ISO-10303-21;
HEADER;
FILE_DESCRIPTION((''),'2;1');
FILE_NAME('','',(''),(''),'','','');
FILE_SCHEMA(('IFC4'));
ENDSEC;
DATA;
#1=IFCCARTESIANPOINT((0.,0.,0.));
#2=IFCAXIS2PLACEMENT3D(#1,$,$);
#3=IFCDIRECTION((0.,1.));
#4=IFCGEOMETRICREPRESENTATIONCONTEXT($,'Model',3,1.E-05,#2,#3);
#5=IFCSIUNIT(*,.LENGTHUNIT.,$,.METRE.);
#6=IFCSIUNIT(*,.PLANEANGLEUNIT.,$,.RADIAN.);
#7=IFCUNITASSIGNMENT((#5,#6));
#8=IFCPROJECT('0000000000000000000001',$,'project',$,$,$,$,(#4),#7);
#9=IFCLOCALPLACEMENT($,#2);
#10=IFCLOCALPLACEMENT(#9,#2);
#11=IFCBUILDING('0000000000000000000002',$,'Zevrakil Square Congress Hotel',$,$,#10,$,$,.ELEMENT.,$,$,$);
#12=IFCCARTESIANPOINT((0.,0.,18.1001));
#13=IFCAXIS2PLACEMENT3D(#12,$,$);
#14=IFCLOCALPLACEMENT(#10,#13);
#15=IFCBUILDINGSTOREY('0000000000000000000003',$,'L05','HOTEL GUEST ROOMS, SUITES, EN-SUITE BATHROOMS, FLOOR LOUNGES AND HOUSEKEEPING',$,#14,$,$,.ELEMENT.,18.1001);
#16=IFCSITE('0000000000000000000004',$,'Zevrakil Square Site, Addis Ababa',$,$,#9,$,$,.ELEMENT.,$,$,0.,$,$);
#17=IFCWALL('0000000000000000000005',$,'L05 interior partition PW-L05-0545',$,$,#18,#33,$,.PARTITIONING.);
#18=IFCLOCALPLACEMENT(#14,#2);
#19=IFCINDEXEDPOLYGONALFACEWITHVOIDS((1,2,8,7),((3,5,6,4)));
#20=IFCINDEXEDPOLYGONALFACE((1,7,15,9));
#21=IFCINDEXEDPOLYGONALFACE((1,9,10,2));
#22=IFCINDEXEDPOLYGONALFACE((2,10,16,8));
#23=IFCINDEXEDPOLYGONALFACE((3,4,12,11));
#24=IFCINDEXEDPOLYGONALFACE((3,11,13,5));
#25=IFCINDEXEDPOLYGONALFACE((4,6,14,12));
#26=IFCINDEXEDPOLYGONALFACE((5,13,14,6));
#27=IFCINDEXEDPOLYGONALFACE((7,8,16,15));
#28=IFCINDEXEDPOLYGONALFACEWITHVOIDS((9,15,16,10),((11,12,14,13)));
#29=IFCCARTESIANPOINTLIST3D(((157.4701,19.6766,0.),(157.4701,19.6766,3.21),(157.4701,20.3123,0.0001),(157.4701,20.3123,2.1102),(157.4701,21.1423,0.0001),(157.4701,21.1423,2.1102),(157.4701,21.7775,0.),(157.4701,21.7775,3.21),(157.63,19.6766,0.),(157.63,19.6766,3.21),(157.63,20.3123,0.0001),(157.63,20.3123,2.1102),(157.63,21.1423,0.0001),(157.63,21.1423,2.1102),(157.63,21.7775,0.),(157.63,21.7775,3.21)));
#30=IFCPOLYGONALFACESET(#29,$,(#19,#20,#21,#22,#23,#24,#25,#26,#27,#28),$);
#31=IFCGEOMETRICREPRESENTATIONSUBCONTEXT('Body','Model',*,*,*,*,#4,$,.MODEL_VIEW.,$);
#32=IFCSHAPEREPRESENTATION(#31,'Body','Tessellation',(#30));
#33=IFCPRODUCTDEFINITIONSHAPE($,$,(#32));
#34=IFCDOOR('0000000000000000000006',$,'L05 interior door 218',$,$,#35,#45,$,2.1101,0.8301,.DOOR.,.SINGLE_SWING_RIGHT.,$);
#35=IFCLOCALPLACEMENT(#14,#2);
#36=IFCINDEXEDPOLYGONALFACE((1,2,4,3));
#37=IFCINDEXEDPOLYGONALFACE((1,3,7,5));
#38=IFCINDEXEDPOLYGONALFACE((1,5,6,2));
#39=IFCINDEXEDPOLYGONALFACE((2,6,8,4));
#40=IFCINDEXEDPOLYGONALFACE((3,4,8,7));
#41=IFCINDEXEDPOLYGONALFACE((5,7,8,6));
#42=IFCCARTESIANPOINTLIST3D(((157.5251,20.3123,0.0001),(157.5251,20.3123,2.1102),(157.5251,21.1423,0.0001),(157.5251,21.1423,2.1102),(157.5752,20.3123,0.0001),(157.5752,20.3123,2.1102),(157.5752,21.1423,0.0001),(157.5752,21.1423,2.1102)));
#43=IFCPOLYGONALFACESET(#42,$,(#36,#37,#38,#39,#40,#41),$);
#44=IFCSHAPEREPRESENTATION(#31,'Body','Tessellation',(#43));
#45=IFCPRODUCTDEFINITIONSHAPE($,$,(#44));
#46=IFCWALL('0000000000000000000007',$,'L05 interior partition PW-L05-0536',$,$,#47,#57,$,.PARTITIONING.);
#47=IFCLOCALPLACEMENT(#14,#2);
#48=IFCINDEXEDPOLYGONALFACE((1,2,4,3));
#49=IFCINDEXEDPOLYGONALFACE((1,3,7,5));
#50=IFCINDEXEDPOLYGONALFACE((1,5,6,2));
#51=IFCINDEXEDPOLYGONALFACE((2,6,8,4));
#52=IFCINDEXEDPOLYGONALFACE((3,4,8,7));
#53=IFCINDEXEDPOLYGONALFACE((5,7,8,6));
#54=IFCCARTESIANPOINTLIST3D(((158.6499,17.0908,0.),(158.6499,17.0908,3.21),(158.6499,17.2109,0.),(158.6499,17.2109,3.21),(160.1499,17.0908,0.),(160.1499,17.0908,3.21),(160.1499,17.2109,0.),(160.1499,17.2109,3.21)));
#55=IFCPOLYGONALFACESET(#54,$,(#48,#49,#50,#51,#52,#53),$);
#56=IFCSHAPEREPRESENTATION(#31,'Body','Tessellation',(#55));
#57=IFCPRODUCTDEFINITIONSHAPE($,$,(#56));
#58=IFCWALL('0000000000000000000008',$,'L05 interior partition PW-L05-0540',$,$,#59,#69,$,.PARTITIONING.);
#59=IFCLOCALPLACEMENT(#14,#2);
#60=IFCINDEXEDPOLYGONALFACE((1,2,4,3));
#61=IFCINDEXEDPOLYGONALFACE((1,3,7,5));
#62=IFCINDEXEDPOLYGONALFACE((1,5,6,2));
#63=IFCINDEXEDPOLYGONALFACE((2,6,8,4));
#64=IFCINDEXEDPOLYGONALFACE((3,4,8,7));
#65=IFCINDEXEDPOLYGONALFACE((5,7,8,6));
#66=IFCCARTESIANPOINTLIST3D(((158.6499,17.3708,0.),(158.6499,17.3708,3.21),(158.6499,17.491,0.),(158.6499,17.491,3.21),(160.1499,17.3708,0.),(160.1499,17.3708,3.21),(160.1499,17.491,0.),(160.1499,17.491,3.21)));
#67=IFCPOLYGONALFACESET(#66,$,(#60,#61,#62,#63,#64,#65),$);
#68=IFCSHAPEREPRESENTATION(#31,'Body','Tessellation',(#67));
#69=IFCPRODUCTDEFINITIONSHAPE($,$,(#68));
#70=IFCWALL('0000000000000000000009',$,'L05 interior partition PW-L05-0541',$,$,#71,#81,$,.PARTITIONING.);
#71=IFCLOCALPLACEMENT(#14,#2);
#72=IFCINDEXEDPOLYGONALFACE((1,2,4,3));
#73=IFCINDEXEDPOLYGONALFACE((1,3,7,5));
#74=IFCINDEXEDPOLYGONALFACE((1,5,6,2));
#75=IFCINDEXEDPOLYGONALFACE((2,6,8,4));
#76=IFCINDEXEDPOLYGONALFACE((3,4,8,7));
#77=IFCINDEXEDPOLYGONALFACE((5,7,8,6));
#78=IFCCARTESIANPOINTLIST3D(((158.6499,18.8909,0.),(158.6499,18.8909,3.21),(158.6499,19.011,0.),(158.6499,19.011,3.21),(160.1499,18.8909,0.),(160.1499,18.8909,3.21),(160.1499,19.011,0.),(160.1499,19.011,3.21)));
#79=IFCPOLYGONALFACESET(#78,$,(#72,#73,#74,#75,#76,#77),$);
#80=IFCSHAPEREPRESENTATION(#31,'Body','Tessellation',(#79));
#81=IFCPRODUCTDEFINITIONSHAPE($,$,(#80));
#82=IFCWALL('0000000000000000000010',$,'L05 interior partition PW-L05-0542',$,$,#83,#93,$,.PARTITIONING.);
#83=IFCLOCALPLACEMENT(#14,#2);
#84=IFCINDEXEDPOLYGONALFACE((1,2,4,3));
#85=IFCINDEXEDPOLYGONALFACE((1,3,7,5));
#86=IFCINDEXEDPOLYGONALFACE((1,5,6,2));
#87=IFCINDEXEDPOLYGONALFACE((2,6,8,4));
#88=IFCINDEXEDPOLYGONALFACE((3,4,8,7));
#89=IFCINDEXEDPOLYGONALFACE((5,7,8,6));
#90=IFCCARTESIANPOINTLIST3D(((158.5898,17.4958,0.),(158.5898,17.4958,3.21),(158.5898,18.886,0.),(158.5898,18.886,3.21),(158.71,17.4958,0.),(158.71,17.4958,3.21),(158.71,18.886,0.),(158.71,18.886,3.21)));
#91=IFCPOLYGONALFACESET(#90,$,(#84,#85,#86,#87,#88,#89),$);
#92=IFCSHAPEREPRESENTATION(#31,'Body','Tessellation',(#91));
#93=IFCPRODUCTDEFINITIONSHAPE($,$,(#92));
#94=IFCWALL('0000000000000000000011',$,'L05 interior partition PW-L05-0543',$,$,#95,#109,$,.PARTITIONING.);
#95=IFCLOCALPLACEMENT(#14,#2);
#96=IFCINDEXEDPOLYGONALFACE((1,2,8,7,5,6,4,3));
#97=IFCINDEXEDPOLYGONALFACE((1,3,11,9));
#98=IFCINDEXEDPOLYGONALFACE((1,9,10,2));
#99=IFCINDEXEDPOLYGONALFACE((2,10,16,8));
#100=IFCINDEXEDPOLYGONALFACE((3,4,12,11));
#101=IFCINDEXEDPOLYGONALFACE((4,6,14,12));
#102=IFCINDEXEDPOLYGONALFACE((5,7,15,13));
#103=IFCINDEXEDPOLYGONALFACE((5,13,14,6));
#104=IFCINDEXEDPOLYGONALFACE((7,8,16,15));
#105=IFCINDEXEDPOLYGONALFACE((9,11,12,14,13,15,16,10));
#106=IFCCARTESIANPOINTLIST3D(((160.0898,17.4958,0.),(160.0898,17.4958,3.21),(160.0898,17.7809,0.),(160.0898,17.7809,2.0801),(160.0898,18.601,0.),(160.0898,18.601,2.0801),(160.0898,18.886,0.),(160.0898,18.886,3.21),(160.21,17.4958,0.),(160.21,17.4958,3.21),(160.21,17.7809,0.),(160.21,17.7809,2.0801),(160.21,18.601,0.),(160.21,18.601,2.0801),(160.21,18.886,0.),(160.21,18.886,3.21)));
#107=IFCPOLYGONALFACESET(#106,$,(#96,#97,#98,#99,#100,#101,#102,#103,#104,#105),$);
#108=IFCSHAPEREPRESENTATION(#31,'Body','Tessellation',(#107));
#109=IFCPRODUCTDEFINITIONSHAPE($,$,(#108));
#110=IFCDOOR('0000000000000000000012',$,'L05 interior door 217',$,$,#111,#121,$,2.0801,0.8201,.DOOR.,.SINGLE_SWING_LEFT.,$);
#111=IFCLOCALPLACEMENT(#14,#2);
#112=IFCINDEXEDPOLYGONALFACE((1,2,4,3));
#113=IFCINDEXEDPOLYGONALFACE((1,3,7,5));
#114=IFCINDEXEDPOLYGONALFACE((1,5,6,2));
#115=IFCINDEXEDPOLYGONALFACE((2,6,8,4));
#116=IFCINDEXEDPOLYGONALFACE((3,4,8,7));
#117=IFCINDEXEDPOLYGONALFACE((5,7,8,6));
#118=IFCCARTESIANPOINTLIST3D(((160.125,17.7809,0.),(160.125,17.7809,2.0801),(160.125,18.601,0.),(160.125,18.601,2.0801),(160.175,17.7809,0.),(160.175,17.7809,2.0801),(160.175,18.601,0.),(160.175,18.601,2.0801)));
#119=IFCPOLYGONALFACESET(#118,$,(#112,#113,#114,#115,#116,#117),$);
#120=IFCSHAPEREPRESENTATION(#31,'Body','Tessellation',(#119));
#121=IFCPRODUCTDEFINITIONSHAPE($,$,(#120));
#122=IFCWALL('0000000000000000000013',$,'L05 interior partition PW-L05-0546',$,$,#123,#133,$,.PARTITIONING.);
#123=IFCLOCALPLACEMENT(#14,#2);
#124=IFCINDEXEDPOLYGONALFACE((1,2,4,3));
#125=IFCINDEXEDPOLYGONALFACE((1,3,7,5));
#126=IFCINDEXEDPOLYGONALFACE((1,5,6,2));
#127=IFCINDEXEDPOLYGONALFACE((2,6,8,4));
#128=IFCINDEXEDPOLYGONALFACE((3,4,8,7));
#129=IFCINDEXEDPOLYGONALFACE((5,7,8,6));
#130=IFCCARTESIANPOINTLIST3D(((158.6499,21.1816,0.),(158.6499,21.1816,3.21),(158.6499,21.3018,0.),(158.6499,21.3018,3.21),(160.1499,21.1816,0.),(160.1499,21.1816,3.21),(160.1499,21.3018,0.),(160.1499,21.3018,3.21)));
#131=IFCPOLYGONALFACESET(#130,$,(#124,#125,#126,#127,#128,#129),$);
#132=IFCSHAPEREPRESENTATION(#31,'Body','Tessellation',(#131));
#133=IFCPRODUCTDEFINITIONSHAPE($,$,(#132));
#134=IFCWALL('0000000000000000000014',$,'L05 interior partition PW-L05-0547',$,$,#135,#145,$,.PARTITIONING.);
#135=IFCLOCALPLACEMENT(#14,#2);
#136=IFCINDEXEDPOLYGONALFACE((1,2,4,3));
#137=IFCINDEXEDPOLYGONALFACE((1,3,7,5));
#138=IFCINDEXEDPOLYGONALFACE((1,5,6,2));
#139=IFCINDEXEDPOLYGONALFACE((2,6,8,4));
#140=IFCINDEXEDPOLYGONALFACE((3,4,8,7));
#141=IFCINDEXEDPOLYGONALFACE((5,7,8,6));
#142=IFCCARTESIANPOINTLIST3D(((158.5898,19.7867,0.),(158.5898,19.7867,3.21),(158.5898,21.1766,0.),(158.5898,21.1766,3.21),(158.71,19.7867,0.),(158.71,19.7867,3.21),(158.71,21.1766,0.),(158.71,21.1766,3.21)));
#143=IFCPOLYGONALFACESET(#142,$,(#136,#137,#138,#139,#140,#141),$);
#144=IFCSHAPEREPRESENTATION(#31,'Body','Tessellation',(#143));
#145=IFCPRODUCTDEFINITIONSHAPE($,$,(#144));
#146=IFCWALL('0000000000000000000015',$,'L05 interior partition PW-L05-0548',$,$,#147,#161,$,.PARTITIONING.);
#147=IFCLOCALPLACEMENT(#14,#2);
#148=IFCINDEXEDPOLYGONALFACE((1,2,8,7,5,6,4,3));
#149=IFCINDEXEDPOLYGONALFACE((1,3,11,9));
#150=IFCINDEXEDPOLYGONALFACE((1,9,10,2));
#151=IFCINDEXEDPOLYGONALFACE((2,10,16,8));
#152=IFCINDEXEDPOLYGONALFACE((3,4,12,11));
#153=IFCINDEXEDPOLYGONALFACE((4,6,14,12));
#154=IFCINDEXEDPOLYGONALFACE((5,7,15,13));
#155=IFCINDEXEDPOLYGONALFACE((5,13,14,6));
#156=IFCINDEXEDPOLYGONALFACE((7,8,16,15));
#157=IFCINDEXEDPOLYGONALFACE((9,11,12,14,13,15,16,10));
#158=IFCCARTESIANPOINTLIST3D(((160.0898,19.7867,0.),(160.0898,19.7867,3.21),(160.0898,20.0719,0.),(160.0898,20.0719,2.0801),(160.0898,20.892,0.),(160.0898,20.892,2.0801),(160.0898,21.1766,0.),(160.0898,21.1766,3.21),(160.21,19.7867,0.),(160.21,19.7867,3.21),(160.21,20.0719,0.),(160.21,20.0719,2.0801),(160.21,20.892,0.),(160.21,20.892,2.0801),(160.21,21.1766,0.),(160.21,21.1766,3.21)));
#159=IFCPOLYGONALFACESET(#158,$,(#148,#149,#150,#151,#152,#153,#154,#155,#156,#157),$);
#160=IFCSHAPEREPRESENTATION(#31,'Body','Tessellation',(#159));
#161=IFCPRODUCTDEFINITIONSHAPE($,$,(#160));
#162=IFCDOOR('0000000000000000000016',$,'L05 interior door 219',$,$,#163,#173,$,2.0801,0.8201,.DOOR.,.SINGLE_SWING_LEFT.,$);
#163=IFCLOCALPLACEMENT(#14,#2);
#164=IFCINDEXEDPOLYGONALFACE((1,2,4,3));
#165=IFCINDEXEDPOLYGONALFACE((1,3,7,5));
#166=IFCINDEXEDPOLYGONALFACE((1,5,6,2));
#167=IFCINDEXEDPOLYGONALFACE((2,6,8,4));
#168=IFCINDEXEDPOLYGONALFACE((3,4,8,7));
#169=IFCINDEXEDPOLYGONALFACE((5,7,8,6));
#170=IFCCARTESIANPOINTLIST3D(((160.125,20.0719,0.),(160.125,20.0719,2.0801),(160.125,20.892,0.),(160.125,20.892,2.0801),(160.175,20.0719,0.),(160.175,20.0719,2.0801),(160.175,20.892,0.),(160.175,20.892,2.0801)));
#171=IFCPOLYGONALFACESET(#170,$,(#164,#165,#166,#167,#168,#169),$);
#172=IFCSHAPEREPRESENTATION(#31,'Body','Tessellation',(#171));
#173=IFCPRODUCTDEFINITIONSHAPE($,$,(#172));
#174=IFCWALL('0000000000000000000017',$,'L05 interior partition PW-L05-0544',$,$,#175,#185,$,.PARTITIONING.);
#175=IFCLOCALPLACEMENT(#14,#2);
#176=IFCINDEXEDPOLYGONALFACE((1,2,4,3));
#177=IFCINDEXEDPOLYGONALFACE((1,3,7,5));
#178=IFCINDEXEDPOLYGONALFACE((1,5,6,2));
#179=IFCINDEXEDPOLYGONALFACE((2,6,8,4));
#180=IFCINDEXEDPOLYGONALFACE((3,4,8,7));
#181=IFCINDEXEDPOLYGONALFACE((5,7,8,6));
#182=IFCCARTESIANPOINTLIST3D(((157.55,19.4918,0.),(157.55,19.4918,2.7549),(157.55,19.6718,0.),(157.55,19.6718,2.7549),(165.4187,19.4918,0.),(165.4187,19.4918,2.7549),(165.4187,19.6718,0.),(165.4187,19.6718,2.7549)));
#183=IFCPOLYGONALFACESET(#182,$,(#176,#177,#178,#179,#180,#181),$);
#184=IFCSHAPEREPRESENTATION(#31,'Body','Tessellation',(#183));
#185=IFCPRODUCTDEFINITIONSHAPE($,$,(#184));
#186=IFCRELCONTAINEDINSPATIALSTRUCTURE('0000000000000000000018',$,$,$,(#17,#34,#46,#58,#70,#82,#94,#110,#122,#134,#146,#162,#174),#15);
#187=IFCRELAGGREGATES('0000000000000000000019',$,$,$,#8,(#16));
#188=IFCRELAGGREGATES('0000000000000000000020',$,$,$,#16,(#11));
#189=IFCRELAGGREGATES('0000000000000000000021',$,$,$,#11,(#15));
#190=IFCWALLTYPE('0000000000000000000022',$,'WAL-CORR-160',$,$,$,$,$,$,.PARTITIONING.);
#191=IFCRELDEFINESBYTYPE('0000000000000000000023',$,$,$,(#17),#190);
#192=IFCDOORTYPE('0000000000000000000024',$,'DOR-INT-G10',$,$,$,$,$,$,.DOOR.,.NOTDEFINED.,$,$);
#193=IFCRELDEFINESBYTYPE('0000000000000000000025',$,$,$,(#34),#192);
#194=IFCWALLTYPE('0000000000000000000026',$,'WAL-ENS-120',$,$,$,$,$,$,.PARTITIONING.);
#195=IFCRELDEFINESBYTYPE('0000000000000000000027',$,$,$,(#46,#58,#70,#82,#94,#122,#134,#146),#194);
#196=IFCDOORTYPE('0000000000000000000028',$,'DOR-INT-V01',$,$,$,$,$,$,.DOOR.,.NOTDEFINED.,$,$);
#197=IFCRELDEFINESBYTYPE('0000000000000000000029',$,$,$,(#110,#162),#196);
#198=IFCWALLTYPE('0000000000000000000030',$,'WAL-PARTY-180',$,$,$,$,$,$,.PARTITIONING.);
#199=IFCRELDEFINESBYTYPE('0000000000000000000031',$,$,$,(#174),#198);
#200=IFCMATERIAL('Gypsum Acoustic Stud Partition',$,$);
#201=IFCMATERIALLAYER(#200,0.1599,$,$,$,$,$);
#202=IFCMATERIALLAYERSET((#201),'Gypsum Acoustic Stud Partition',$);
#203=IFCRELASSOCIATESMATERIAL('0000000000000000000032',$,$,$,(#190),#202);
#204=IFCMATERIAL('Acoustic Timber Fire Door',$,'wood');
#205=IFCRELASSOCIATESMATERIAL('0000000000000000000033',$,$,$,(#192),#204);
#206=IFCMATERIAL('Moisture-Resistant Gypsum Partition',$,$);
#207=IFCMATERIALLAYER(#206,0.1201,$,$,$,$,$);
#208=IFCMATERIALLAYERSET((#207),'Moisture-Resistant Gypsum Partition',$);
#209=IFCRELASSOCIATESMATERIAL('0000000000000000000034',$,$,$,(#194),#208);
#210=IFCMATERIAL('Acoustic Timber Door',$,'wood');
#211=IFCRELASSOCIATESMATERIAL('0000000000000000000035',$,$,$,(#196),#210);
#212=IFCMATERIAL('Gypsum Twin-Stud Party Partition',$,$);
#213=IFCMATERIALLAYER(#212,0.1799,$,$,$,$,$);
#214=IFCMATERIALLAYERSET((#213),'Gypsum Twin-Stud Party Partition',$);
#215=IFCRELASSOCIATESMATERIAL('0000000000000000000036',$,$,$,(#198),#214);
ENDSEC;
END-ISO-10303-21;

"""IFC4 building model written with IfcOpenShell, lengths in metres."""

from ifc_helpers import new_model, si_unit, direction, frame, frame_2d, origin, place, context, subcontext, project, spatial, rectangle, extrude, material, layer, layer_set, type_object, element, fill, save


model = new_model("IFC4")

# Units and contexts
model_context = context("Model", 3, precision=1e-05, world=origin(), true_north=direction((0.0, 1.0)))
body_context = subcontext(model_context, "Body", "Model", "MODEL_VIEW")
ifc_project = project(units=[si_unit("LENGTHUNIT", "METRE"), si_unit("PLANEANGLEUNIT", "RADIAN")], contexts=[model_context])

# Site, building, storey
site_placement = place(None, origin())
site = spatial("IfcSite", under=ifc_project, at=site_placement, Name="Zevrakil Square Site, Addis Ababa", CompositionType="ELEMENT", RefElevation=0.0)
building_placement = place(site_placement, origin())
building = spatial("IfcBuilding", under=site, at=building_placement, Name="Zevrakil Square Congress Hotel", CompositionType="ELEMENT")
storey_placement = place(building_placement, frame((0.0, 0.0, 18.1001)))
storey = spatial("IfcBuildingStorey", under=building, at=storey_placement, Name="L05", Description="HOTEL GUEST ROOMS, SUITES, EN-SUITE BATHROOMS, FLOOR LOUNGES AND HOUSEKEEPING", CompositionType="ELEMENT", Elevation=18.1001)

# Shared definitions
ifc_material_1 = material(Name="Gypsum Acoustic Stud Partition")
ifc_layer_1 = layer(ifc_material_1, 0.1599)
ifc_layer_set_1 = layer_set([ifc_layer_1], Name="Gypsum Acoustic Stud Partition")
wall_type_1 = type_object("IfcWallType", Name="WAL-CORR-160", PredefinedType="PARTITIONING", material=ifc_layer_set_1)

# Wall, opening, door
wall_1_placement = place(storey_placement, frame((157.55, 19.6768, 0.0), z_axis=(0.0, 0.0, 1.0), x_axis=(0.0, 1.0, 0.0)))
wall_1 = element("IfcWall", 1, at=wall_1_placement, inside=storey, type_object=wall_type_1, Name="L05 interior partition PW-L05-0545", PredefinedType="PARTITIONING", context=body_context, shape_type="SweptSolid", body=[
    extrude(rectangle(XDim=2.1008, YDim=0.1599, at=frame_2d((1.0503, 0.0))), origin(), (0.0, 0.0, 1.0), 3.21),
])
opening_1_placement = place(wall_1_placement, frame((0.6355, 0.0, 0.0)))
opening_1 = element("IfcOpeningElement", 2, at=opening_1_placement, cuts=wall_1, PredefinedType="OPENING", context=body_context, shape_type="SweptSolid", body=[
    extrude(rectangle(XDim=0.8301, YDim=2.1101, at=frame_2d((0.415, 1.0552))), frame((0.0, 0.0898, 0.0), z_axis=(0.0, -1.0, 0.0), x_axis=(1.0, 0.0, 0.0)), (0.0, 0.0, 1.0), 0.1799),
])
ifc_material_2 = material(Name="Acoustic Timber Fire Door", Category="wood")
door_type_1 = type_object("IfcDoorType", Name="DOR-INT-G10", OperationType="NOTDEFINED", PredefinedType="DOOR", material=ifc_material_2)
door_1_placement = place(opening_1_placement, origin())
door_1 = element("IfcDoor", 3, at=door_1_placement, inside=storey, type_object=door_type_1, Name="L05 interior door 218", OperationType="SINGLE_SWING_RIGHT", OverallHeight=2.1101, OverallWidth=0.8301, PredefinedType="DOOR", context=body_context, shape_type="SweptSolid", body=[
    extrude(rectangle(XDim=0.8301, YDim=2.1101, at=frame_2d((0.415, 1.0552))), frame((0.0, 0.0249, 0.0), z_axis=(0.0, -1.0, 0.0), x_axis=(1.0, 0.0, 0.0)), (0.0, 0.0, 1.0), 0.05),
])
fill(opening_1, door_1)

# Walls
ifc_material_3 = material(Name="Moisture-Resistant Gypsum Partition")
ifc_layer_2 = layer(ifc_material_3, 0.1201)
ifc_layer_set_2 = layer_set([ifc_layer_2], Name="Moisture-Resistant Gypsum Partition")
wall_type_2 = type_object("IfcWallType", Name="WAL-ENS-120", PredefinedType="PARTITIONING", material=ifc_layer_set_2)
for number, where, z_axis, x_axis, name in (
    (4, (158.6499, 17.1509, 0.0), (0.0, 0.0, 1.0), (1.0, 0.0, 0.0), "L05 interior partition PW-L05-0536"),
    (5, (158.6499, 17.4309, 0.0), (0.0, 0.0, 1.0), (1.0, 0.0, 0.0), "L05 interior partition PW-L05-0540"),
    (6, (158.6499, 18.9509, 0.0), (0.0, 0.0, 1.0), (1.0, 0.0, 0.0), "L05 interior partition PW-L05-0541"),
):
    element("IfcWall", number, at=place(storey_placement, frame(where, z_axis=z_axis, x_axis=x_axis)), inside=storey, type_object=wall_type_2, Name=name, PredefinedType="PARTITIONING", context=body_context, shape_type="SweptSolid", body=[
        extrude(rectangle(XDim=1.5, YDim=0.1201, at=frame_2d((0.75, 0.0))), origin(), (0.0, 0.0, 1.0), 3.21),
    ])
wall_2_placement = place(storey_placement, frame((158.6499, 17.4958, 0.0), z_axis=(0.0, 0.0, 1.0), x_axis=(0.0, 1.0, 0.0)))
element("IfcWall", 7, at=wall_2_placement, inside=storey, type_object=wall_type_2, Name="L05 interior partition PW-L05-0542", PredefinedType="PARTITIONING", context=body_context, shape_type="SweptSolid", body=[
    extrude(rectangle(XDim=1.3901, YDim=0.1201, at=frame_2d((0.6951, 0.0))), origin(), (0.0, 0.0, 1.0), 3.21),
])

# Wall, opening, door
wall_3_placement = place(storey_placement, frame((160.1499, 17.4958, 0.0), z_axis=(0.0, 0.0, 1.0), x_axis=(0.0, 1.0, 0.0)))
wall_3 = element("IfcWall", 8, at=wall_3_placement, inside=storey, type_object=wall_type_2, Name="L05 interior partition PW-L05-0543", PredefinedType="PARTITIONING", context=body_context, shape_type="SweptSolid", body=[
    extrude(rectangle(XDim=1.3901, YDim=0.1201, at=frame_2d((0.6951, 0.0))), origin(), (0.0, 0.0, 1.0), 3.21),
])
opening_2_placement = place(wall_3_placement, frame((0.2849, 0.0, 0.0)))
opening_2 = element("IfcOpeningElement", 9, at=opening_2_placement, cuts=wall_3, PredefinedType="OPENING", context=body_context, shape_type="SweptSolid", body=[
    extrude(rectangle(XDim=0.8201, YDim=2.0801, at=frame_2d((0.4102, 1.04))), frame((0.0, 0.0701, 0.0), z_axis=(0.0, -1.0, 0.0), x_axis=(1.0, 0.0, 0.0)), (0.0, 0.0, 1.0), 0.1401),
])
ifc_material_4 = material(Name="Acoustic Timber Door", Category="wood")
door_type_2 = type_object("IfcDoorType", Name="DOR-INT-V01", OperationType="NOTDEFINED", PredefinedType="DOOR", material=ifc_material_4)
door_2_placement = place(opening_2_placement, origin())
door_2 = element("IfcDoor", 10, at=door_2_placement, inside=storey, type_object=door_type_2, Name="L05 interior door 217", OperationType="SINGLE_SWING_LEFT", OverallHeight=2.0801, OverallWidth=0.8201, PredefinedType="DOOR", context=body_context, shape_type="SweptSolid", body=[
    extrude(rectangle(XDim=0.8201, YDim=2.0801, at=frame_2d((0.4102, 1.04))), frame((0.0, 0.0249, 0.0), z_axis=(0.0, -1.0, 0.0), x_axis=(1.0, 0.0, 0.0)), (0.0, 0.0, 1.0), 0.05),
])
fill(opening_2, door_2)

# Walls
wall_4_placement = place(storey_placement, frame((158.6499, 21.2417, 0.0), z_axis=(0.0, 0.0, 1.0), x_axis=(1.0, 0.0, 0.0)))
element("IfcWall", 11, at=wall_4_placement, inside=storey, type_object=wall_type_2, Name="L05 interior partition PW-L05-0546", PredefinedType="PARTITIONING", context=body_context, shape_type="SweptSolid", body=[
    extrude(rectangle(XDim=1.5, YDim=0.1201, at=frame_2d((0.75, 0.0))), origin(), (0.0, 0.0, 1.0), 3.21),
])
wall_5_placement = place(storey_placement, frame((158.6499, 19.7869, 0.0), z_axis=(0.0, 0.0, 1.0), x_axis=(0.0, 1.0, 0.0)))
element("IfcWall", 12, at=wall_5_placement, inside=storey, type_object=wall_type_2, Name="L05 interior partition PW-L05-0547", PredefinedType="PARTITIONING", context=body_context, shape_type="SweptSolid", body=[
    extrude(rectangle(XDim=1.3899, YDim=0.1201, at=frame_2d((0.6948, 0.0))), origin(), (0.0, 0.0, 1.0), 3.21),
])

# Wall, opening, door
wall_6_placement = place(storey_placement, frame((160.1499, 19.7869, 0.0), z_axis=(0.0, 0.0, 1.0), x_axis=(0.0, 1.0, 0.0)))
wall_6 = element("IfcWall", 13, at=wall_6_placement, inside=storey, type_object=wall_type_2, Name="L05 interior partition PW-L05-0548", PredefinedType="PARTITIONING", context=body_context, shape_type="SweptSolid", body=[
    extrude(rectangle(XDim=1.3899, YDim=0.1201, at=frame_2d((0.6948, 0.0))), origin(), (0.0, 0.0, 1.0), 3.21),
])
opening_3_placement = place(wall_6_placement, frame((0.2849, 0.0, 0.0)))
opening_3 = element("IfcOpeningElement", 14, at=opening_3_placement, cuts=wall_6, PredefinedType="OPENING", context=body_context, shape_type="SweptSolid", body=[
    extrude(rectangle(XDim=0.8201, YDim=2.0801, at=frame_2d((0.4102, 1.04))), frame((0.0, 0.0701, 0.0), z_axis=(0.0, -1.0, 0.0), x_axis=(1.0, 0.0, 0.0)), (0.0, 0.0, 1.0), 0.1401),
])
door_3_placement = place(opening_3_placement, origin())
door_3 = element("IfcDoor", 15, at=door_3_placement, inside=storey, type_object=door_type_2, Name="L05 interior door 219", OperationType="SINGLE_SWING_LEFT", OverallHeight=2.0801, OverallWidth=0.8201, PredefinedType="DOOR", context=body_context, shape_type="SweptSolid", body=[
    extrude(rectangle(XDim=0.8201, YDim=2.0801, at=frame_2d((0.4102, 1.04))), frame((0.0, 0.0249, 0.0), z_axis=(0.0, -1.0, 0.0), x_axis=(1.0, 0.0, 0.0)), (0.0, 0.0, 1.0), 0.05),
])
fill(opening_3, door_3)

# Wall
ifc_material_5 = material(Name="Gypsum Twin-Stud Party Partition")
ifc_layer_3 = layer(ifc_material_5, 0.1799)
ifc_layer_set_3 = layer_set([ifc_layer_3], Name="Gypsum Twin-Stud Party Partition")
wall_type_3 = type_object("IfcWallType", Name="WAL-PARTY-180", PredefinedType="PARTITIONING", material=ifc_layer_set_3)
wall_7_placement = place(storey_placement, frame((157.55, 19.5818, 0.0), z_axis=(0.0, 0.0, 1.0), x_axis=(1.0, 0.0, 0.0)))
element("IfcWall", 16, at=wall_7_placement, inside=storey, type_object=wall_type_3, Name="L05 interior partition PW-L05-0544", PredefinedType="PARTITIONING", context=body_context, shape_type="SweptSolid", body=[
    extrude(rectangle(XDim=7.8687, YDim=0.1799, at=frame_2d((3.9343, 0.0))), origin(), (0.0, 0.0, 1.0), 2.7549),
])

save(model, "model.ifc")
